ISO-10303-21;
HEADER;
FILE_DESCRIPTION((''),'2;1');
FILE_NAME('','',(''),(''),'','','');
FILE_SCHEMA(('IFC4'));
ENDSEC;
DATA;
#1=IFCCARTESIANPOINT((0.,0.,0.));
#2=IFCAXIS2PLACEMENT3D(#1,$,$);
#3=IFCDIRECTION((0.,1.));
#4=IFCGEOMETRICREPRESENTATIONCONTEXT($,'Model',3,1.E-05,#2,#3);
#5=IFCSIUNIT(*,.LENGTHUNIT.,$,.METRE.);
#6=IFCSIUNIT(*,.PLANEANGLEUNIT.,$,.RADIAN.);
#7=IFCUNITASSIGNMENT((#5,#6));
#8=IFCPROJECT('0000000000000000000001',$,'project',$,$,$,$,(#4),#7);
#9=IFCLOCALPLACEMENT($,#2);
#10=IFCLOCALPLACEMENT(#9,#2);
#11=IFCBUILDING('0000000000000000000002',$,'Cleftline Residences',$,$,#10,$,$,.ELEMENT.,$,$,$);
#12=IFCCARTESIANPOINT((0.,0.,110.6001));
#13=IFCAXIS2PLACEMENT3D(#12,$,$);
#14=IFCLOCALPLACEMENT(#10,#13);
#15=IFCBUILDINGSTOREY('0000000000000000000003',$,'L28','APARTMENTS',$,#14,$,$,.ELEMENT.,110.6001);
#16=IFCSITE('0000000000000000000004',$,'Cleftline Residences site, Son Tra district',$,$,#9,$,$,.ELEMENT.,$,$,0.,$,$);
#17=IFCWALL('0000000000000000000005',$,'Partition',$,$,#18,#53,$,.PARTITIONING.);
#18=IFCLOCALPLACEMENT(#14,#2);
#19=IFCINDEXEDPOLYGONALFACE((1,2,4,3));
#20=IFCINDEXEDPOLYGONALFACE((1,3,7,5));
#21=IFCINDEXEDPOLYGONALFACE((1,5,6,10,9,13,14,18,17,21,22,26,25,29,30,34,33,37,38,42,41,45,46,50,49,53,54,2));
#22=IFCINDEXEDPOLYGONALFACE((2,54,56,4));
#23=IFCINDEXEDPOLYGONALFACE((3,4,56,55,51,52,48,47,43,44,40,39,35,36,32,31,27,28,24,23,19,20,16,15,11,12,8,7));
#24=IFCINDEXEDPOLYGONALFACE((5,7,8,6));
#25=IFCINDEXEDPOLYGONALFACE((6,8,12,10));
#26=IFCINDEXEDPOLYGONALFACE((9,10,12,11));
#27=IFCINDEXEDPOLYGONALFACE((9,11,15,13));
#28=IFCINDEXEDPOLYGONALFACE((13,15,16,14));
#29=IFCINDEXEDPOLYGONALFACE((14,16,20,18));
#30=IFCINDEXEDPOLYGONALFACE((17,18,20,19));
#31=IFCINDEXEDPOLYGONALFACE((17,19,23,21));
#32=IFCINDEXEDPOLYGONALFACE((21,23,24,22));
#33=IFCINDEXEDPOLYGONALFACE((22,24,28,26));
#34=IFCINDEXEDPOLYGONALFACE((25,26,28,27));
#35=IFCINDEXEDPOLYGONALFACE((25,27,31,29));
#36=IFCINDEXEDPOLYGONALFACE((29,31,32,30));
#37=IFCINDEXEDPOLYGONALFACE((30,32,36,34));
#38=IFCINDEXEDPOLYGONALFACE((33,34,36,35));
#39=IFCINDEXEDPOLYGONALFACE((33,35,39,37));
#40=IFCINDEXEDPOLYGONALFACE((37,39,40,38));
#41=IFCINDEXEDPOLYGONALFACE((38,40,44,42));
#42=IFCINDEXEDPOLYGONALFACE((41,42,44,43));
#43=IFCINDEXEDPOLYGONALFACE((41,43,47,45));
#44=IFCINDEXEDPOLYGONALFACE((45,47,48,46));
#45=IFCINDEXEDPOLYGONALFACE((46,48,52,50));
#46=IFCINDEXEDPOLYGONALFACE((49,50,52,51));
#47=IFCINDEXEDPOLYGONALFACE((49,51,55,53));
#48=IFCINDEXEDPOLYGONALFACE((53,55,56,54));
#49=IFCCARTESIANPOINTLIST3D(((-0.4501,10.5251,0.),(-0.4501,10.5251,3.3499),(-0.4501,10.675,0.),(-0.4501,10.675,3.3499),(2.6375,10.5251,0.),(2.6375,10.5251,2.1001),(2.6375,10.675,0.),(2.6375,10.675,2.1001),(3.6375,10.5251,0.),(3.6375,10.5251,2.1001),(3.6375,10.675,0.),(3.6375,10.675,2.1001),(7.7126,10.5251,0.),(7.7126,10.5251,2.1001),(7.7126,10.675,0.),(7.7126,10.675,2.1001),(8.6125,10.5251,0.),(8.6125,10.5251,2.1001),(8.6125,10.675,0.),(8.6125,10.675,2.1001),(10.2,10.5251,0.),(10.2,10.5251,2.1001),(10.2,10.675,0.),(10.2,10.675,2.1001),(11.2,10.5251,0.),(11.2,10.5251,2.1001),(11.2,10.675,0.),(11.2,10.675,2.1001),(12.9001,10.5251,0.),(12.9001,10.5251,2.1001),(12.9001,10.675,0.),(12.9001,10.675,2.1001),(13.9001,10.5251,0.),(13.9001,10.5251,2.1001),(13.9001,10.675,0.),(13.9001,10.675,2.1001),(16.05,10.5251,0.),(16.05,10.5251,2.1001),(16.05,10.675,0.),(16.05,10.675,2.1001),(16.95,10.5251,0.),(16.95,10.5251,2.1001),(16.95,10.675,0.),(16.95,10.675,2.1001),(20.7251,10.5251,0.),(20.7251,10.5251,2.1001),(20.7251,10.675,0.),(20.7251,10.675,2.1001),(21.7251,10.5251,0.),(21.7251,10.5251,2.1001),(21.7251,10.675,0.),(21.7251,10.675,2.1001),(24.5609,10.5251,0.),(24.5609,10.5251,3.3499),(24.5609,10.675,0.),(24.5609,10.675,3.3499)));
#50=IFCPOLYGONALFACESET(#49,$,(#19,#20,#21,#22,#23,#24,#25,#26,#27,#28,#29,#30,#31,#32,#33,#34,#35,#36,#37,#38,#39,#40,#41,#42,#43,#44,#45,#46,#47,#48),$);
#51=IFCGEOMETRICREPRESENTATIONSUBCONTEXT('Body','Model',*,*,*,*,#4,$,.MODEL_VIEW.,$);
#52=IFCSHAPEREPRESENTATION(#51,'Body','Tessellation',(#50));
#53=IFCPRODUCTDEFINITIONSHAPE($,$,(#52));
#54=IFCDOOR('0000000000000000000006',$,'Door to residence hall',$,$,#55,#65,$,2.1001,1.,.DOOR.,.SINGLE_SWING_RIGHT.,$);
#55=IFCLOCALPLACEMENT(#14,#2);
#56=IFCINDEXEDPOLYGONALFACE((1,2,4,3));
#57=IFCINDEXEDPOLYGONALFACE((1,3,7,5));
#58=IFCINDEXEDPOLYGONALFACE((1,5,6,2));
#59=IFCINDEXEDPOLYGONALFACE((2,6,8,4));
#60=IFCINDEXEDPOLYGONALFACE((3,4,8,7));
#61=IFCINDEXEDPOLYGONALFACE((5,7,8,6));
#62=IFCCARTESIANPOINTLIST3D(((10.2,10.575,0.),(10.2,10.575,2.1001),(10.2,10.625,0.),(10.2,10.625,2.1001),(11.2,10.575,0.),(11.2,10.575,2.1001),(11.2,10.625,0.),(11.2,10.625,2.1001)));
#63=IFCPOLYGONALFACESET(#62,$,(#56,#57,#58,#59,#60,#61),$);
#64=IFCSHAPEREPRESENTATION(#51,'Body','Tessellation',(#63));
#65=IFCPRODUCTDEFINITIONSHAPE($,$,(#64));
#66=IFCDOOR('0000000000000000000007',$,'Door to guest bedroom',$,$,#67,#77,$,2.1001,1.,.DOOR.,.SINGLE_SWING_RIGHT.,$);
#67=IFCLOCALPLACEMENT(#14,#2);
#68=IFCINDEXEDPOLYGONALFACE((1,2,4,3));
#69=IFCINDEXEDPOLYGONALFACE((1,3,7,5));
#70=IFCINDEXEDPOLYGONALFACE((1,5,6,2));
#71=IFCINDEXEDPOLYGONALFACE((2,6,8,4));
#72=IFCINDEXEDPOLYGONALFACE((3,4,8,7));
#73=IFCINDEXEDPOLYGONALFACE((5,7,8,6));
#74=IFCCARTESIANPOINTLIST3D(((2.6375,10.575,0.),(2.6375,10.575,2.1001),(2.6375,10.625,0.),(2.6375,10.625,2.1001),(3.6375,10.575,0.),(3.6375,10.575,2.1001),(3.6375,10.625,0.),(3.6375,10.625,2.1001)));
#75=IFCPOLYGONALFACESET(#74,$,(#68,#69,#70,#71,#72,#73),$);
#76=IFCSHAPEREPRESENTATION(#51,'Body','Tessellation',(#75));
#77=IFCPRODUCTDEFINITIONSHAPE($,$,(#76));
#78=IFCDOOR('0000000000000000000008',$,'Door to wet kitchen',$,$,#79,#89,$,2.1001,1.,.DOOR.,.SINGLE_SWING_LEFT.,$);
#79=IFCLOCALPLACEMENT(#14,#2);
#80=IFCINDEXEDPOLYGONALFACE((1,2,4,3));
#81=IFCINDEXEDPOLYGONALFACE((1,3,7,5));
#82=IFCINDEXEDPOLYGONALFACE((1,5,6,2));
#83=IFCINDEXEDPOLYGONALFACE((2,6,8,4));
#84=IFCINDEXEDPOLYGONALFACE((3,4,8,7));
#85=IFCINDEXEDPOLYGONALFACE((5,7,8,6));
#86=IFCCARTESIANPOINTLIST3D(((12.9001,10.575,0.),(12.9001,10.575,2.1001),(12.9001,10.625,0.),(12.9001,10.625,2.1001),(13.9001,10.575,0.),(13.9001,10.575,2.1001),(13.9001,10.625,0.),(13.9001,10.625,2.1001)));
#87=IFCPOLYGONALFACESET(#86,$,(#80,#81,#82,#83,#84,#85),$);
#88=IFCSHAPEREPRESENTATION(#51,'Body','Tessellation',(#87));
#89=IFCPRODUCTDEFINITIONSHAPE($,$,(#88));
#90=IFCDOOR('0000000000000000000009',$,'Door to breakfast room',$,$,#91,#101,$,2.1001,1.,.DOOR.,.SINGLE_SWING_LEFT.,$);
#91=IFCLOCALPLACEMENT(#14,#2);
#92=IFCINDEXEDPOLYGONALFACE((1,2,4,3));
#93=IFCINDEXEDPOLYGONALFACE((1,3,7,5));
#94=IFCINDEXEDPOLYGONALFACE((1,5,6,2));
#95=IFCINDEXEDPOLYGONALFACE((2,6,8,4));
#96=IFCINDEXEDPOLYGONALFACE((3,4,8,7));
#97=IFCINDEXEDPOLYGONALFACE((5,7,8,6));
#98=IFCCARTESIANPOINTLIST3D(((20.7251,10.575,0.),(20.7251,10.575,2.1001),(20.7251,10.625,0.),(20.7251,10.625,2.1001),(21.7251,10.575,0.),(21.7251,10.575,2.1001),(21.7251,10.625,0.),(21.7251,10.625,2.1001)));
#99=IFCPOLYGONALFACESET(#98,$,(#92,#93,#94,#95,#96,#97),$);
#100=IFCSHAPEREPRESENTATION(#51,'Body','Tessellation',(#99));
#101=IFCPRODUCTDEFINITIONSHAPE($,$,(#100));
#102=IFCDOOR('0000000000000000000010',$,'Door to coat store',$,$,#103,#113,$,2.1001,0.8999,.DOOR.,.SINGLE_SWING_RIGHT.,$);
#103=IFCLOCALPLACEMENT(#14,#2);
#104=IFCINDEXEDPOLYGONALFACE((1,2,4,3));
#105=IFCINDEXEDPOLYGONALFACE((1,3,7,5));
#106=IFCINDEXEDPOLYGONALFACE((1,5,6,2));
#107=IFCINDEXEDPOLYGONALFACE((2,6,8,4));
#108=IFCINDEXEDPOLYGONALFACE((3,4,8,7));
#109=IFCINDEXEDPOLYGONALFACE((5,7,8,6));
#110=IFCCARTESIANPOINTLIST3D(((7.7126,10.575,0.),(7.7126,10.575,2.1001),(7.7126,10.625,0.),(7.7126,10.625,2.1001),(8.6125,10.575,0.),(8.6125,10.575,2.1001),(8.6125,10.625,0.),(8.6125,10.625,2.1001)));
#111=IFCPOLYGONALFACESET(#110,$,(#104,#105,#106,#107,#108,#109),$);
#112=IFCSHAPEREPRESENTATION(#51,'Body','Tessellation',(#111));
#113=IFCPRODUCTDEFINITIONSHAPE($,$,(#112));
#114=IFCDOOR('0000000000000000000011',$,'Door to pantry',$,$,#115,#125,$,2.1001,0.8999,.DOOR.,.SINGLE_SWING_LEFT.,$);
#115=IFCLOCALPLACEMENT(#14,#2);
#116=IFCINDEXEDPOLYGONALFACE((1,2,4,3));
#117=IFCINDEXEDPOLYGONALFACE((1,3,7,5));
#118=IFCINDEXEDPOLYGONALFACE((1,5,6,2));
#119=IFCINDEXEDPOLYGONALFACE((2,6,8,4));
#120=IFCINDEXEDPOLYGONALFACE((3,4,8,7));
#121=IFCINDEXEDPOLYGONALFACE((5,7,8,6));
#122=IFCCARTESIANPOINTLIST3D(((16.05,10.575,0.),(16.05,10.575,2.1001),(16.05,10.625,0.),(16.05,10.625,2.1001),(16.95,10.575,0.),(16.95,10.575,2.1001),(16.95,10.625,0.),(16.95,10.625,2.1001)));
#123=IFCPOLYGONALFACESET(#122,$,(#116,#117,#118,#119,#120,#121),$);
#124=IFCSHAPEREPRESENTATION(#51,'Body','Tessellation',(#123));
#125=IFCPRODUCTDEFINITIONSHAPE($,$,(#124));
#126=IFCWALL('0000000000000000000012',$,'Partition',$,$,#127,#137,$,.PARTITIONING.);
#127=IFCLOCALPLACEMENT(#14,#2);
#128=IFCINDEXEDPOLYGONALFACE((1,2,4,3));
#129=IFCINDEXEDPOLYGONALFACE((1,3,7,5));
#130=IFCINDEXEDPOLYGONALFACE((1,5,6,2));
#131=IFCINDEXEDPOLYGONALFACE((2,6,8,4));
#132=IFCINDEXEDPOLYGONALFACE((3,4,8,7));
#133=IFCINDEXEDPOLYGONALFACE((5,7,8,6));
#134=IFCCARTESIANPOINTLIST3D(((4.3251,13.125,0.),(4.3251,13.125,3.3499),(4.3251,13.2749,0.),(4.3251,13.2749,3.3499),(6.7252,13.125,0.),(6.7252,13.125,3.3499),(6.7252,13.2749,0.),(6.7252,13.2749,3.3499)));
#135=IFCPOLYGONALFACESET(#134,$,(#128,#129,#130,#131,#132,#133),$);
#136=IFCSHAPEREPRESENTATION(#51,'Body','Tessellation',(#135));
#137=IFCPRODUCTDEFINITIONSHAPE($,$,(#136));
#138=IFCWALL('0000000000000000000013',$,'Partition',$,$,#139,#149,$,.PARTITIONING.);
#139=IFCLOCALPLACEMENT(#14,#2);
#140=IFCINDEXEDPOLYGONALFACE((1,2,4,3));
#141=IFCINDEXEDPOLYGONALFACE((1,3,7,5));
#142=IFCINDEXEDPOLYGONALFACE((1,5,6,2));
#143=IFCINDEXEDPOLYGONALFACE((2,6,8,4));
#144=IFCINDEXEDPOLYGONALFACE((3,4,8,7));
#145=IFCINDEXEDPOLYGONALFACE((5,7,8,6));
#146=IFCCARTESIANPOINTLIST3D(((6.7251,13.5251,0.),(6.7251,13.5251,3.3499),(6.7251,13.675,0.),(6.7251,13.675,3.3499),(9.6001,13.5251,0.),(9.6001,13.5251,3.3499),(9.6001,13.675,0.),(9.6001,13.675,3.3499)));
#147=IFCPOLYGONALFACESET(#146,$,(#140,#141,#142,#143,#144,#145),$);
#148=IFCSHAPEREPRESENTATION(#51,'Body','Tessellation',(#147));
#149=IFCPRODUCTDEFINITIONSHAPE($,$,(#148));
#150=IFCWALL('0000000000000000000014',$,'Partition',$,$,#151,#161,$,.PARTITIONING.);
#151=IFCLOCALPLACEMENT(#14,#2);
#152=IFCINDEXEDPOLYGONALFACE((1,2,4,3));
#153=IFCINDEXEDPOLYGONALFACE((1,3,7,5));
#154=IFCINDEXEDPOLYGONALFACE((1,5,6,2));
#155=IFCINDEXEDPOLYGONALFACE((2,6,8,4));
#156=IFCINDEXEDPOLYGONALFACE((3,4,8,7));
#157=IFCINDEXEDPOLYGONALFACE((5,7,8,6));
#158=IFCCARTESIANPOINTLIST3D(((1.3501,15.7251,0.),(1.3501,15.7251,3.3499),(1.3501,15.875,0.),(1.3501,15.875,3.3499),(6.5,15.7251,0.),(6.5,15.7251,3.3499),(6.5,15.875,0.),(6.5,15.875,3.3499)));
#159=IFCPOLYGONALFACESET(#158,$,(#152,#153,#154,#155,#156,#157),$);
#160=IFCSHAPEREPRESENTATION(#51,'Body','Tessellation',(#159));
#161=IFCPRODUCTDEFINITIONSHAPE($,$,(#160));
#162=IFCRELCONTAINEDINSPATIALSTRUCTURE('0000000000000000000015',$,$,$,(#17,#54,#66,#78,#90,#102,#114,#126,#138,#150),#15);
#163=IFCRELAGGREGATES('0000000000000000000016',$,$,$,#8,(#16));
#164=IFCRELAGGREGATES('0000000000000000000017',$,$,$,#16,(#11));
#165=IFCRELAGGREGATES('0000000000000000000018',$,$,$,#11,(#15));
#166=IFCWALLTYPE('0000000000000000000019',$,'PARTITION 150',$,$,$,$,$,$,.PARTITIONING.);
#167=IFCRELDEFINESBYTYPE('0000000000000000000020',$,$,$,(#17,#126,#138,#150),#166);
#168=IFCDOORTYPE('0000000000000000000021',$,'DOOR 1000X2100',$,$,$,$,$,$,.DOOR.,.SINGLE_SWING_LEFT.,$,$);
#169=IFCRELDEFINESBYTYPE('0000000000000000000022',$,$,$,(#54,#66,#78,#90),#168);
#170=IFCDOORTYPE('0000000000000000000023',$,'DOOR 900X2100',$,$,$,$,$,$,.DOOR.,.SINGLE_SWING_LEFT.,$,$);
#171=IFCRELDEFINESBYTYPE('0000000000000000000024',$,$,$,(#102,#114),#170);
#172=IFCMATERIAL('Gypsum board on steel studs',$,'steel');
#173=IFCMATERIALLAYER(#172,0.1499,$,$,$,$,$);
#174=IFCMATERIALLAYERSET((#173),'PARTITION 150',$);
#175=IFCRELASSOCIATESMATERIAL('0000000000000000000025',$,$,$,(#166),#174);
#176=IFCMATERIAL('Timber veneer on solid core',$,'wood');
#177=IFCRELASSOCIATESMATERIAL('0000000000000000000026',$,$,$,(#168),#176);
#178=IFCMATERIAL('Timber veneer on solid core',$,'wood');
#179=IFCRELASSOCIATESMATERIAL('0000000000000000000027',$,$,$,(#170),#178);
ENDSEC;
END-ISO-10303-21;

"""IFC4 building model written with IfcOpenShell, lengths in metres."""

from ifc_helpers import new_model, si_unit, direction, frame, frame_2d, origin, place, context, subcontext, project, spatial, rectangle, extrude, material, layer, layer_set, type_object, element, fill, save


model = new_model("IFC4")

# Units and contexts
model_context = context("Model", 3, precision=1e-05, world=origin(), true_north=direction((0.0, 1.0)))
body_context = subcontext(model_context, "Body", "Model", "MODEL_VIEW")
ifc_project = project(units=[si_unit("LENGTHUNIT", "METRE"), si_unit("PLANEANGLEUNIT", "RADIAN")], contexts=[model_context])

# Site, building, storey
site_placement = place(None, origin())
site = spatial("IfcSite", under=ifc_project, at=site_placement, Name="Cleftline Residences site, Son Tra district", CompositionType="ELEMENT", RefElevation=0.0)
building_placement = place(site_placement, origin())
building = spatial("IfcBuilding", under=site, at=building_placement, Name="Cleftline Residences", CompositionType="ELEMENT")
storey_placement = place(building_placement, frame((0.0, 0.0, 110.6001)))
storey = spatial("IfcBuildingStorey", under=building, at=storey_placement, Name="L28", Description="APARTMENTS", CompositionType="ELEMENT", Elevation=110.6001)

# Wall, openings, doors
ifc_material_1 = material(Name="Gypsum board on steel studs", Category="steel")
ifc_layer = layer(ifc_material_1, 0.1499)
ifc_layer_set = layer_set([ifc_layer], Name="PARTITION 150")
wall_type = type_object("IfcWallType", Name="PARTITION 150", PredefinedType="PARTITIONING", material=ifc_layer_set)
wall_1_placement = place(storey_placement, frame((-0.45, 10.6001, 0.0), z_axis=(0.0, 0.0, 1.0), x_axis=(1.0, 0.0, 0.0)))
wall_1 = element("IfcWall", 1, at=wall_1_placement, inside=storey, type_object=wall_type, Name="Partition", PredefinedType="PARTITIONING", context=body_context, shape_type="SweptSolid", body=[
    extrude(rectangle(XDim=25.011, YDim=0.1499, at=frame_2d((12.5054, 0.0))), origin(), (0.0, 0.0, 1.0), 3.3499),
])
opening_1_placement = place(wall_1_placement, frame((10.6499, 0.0, 0.0)))
opening_1 = element("IfcOpeningElement", 2, at=opening_1_placement, cuts=wall_1, PredefinedType="OPENING", context=body_context, shape_type="SweptSolid", body=[
    extrude(rectangle(XDim=1.0, YDim=2.1001, at=frame_2d((0.5, 1.05))), frame((0.0, 0.085, 0.0), z_axis=(0.0, -1.0, 0.0), x_axis=(1.0, 0.0, 0.0)), (0.0, 0.0, 1.0), 0.1699),
])
opening_2_placement = place(wall_1_placement, frame((3.0874, 0.0, 0.0)))
opening_2 = element("IfcOpeningElement", 3, at=opening_2_placement, cuts=wall_1, PredefinedType="OPENING", context=body_context, shape_type="SweptSolid", body=[
    extrude(rectangle(XDim=1.0, YDim=2.1001, at=frame_2d((0.5, 1.05))), frame((0.0, 0.085, 0.0), z_axis=(0.0, -1.0, 0.0), x_axis=(1.0, 0.0, 0.0)), (0.0, 0.0, 1.0), 0.1699),
])
opening_3_placement = place(wall_1_placement, frame((8.1626, 0.0, 0.0)))
opening_3 = element("IfcOpeningElement", 4, at=opening_3_placement, cuts=wall_1, PredefinedType="OPENING", context=body_context, shape_type="SweptSolid", body=[
    extrude(rectangle(XDim=0.8999, YDim=2.1001, at=frame_2d((0.45, 1.05))), frame((0.0, 0.085, 0.0), z_axis=(0.0, -1.0, 0.0), x_axis=(1.0, 0.0, 0.0)), (0.0, 0.0, 1.0), 0.1699),
])
opening_4_placement = place(wall_1_placement, frame((13.3501, 0.0, 0.0)))
opening_4 = element("IfcOpeningElement", 5, at=opening_4_placement, cuts=wall_1, PredefinedType="OPENING", context=body_context, shape_type="SweptSolid", body=[
    extrude(rectangle(XDim=1.0, YDim=2.1001, at=frame_2d((0.5, 1.05))), frame((0.0, 0.085, 0.0), z_axis=(0.0, -1.0, 0.0), x_axis=(1.0, 0.0, 0.0)), (0.0, 0.0, 1.0), 0.1699),
])
opening_5_placement = place(wall_1_placement, frame((16.5, 0.0, 0.0)))
opening_5 = element("IfcOpeningElement", 6, at=opening_5_placement, cuts=wall_1, PredefinedType="OPENING", context=body_context, shape_type="SweptSolid", body=[
    extrude(rectangle(XDim=0.8999, YDim=2.1001, at=frame_2d((0.45, 1.05))), frame((0.0, 0.085, 0.0), z_axis=(0.0, -1.0, 0.0), x_axis=(1.0, 0.0, 0.0)), (0.0, 0.0, 1.0), 0.1699),
])
opening_6_placement = place(wall_1_placement, frame((21.175, 0.0, 0.0)))
opening_6 = element("IfcOpeningElement", 7, at=opening_6_placement, cuts=wall_1, PredefinedType="OPENING", context=body_context, shape_type="SweptSolid", body=[
    extrude(rectangle(XDim=1.0, YDim=2.1001, at=frame_2d((0.5, 1.05))), frame((0.0, 0.085, 0.0), z_axis=(0.0, -1.0, 0.0), x_axis=(1.0, 0.0, 0.0)), (0.0, 0.0, 1.0), 0.1699),
])
ifc_material_2 = material(Name="Timber veneer on solid core", Category="wood")
door_type_1 = type_object("IfcDoorType", Name="DOOR 1000X2100", OperationType="SINGLE_SWING_LEFT", PredefinedType="DOOR", material=ifc_material_2)
door_1_placement = place(opening_1_placement, origin())
door_1 = element("IfcDoor", 8, at=door_1_placement, inside=storey, type_object=door_type_1, Name="Door to residence hall", OperationType="SINGLE_SWING_RIGHT", OverallHeight=2.1001, OverallWidth=1.0, PredefinedType="DOOR", context=body_context, shape_type="SweptSolid", body=[
    extrude(rectangle(XDim=1.0, YDim=2.1001, at=frame_2d((0.5, 1.05))), frame((0.0, 0.0249, 0.0), z_axis=(0.0, -1.0, 0.0), x_axis=(1.0, 0.0, 0.0)), (0.0, 0.0, 1.0), 0.05),
])
fill(opening_1, door_1)
door_2_placement = place(opening_2_placement, origin())
door_2 = element("IfcDoor", 9, at=door_2_placement, inside=storey, type_object=door_type_1, Name="Door to guest bedroom", OperationType="SINGLE_SWING_RIGHT", OverallHeight=2.1001, OverallWidth=1.0, PredefinedType="DOOR", context=body_context, shape_type="SweptSolid", body=[
    extrude(rectangle(XDim=1.0, YDim=2.1001, at=frame_2d((0.5, 1.05))), frame((0.0, 0.0249, 0.0), z_axis=(0.0, -1.0, 0.0), x_axis=(1.0, 0.0, 0.0)), (0.0, 0.0, 1.0), 0.05),
])
fill(opening_2, door_2)
door_3_placement = place(opening_4_placement, origin())
door_3 = element("IfcDoor", 10, at=door_3_placement, inside=storey, type_object=door_type_1, Name="Door to wet kitchen", OperationType="SINGLE_SWING_LEFT", OverallHeight=2.1001, OverallWidth=1.0, PredefinedType="DOOR", context=body_context, shape_type="SweptSolid", body=[
    extrude(rectangle(XDim=1.0, YDim=2.1001, at=frame_2d((0.5, 1.05))), frame((0.0, 0.0249, 0.0), z_axis=(0.0, -1.0, 0.0), x_axis=(1.0, 0.0, 0.0)), (0.0, 0.0, 1.0), 0.05),
])
fill(opening_4, door_3)
door_4_placement = place(opening_6_placement, origin())
door_4 = element("IfcDoor", 11, at=door_4_placement, inside=storey, type_object=door_type_1, Name="Door to breakfast room", OperationType="SINGLE_SWING_LEFT", OverallHeight=2.1001, OverallWidth=1.0, PredefinedType="DOOR", context=body_context, shape_type="SweptSolid", body=[
    extrude(rectangle(XDim=1.0, YDim=2.1001, at=frame_2d((0.5, 1.05))), frame((0.0, 0.0249, 0.0), z_axis=(0.0, -1.0, 0.0), x_axis=(1.0, 0.0, 0.0)), (0.0, 0.0, 1.0), 0.05),
])
fill(opening_6, door_4)
ifc_material_3 = material(Name="Timber veneer on solid core", Category="wood")
door_type_2 = type_object("IfcDoorType", Name="DOOR 900X2100", OperationType="SINGLE_SWING_LEFT", PredefinedType="DOOR", material=ifc_material_3)
door_5_placement = place(opening_3_placement, origin())
door_5 = element("IfcDoor", 12, at=door_5_placement, inside=storey, type_object=door_type_2, Name="Door to coat store", OperationType="SINGLE_SWING_RIGHT", OverallHeight=2.1001, OverallWidth=0.8999, PredefinedType="DOOR", context=body_context, shape_type="SweptSolid", body=[
    extrude(rectangle(XDim=0.8999, YDim=2.1001, at=frame_2d((0.45, 1.05))), frame((0.0, 0.0249, 0.0), z_axis=(0.0, -1.0, 0.0), x_axis=(1.0, 0.0, 0.0)), (0.0, 0.0, 1.0), 0.05),
])
fill(opening_3, door_5)
door_6_placement = place(opening_5_placement, origin())
door_6 = element("IfcDoor", 13, at=door_6_placement, inside=storey, type_object=door_type_2, Name="Door to pantry", OperationType="SINGLE_SWING_LEFT", OverallHeight=2.1001, OverallWidth=0.8999, PredefinedType="DOOR", context=body_context, shape_type="SweptSolid", body=[
    extrude(rectangle(XDim=0.8999, YDim=2.1001, at=frame_2d((0.45, 1.05))), frame((0.0, 0.0249, 0.0), z_axis=(0.0, -1.0, 0.0), x_axis=(1.0, 0.0, 0.0)), (0.0, 0.0, 1.0), 0.05),
])
fill(opening_5, door_6)

# Walls
wall_2_placement = place(storey_placement, frame((4.325, 13.2, 0.0), z_axis=(0.0, 0.0, 1.0), x_axis=(1.0, 0.0, 0.0)))
element("IfcWall", 14, at=wall_2_placement, inside=storey, type_object=wall_type, Name="Partition", PredefinedType="PARTITIONING", context=body_context, shape_type="SweptSolid", body=[
    extrude(rectangle(XDim=2.4001, YDim=0.1499, at=frame_2d((1.2002, 0.0))), origin(), (0.0, 0.0, 1.0), 3.3499),
])
wall_3_placement = place(storey_placement, frame((6.7251, 13.6001, 0.0), z_axis=(0.0, 0.0, 1.0), x_axis=(1.0, 0.0, 0.0)))
element("IfcWall", 15, at=wall_3_placement, inside=storey, type_object=wall_type, Name="Partition", PredefinedType="PARTITIONING", context=body_context, shape_type="SweptSolid", body=[
    extrude(rectangle(XDim=2.875, YDim=0.1499, at=frame_2d((1.4375, 0.0))), origin(), (0.0, 0.0, 1.0), 3.3499),
])
wall_4_placement = place(storey_placement, frame((1.3501, 15.8, 0.0), z_axis=(0.0, 0.0, 1.0), x_axis=(1.0, 0.0, 0.0)))
element("IfcWall", 16, at=wall_4_placement, inside=storey, type_object=wall_type, Name="Partition", PredefinedType="PARTITIONING", context=body_context, shape_type="SweptSolid", body=[
    extrude(rectangle(XDim=5.1499, YDim=0.1499, at=frame_2d((2.575, 0.0))), origin(), (0.0, 0.0, 1.0), 3.3499),
])

save(model, "model.ifc")
